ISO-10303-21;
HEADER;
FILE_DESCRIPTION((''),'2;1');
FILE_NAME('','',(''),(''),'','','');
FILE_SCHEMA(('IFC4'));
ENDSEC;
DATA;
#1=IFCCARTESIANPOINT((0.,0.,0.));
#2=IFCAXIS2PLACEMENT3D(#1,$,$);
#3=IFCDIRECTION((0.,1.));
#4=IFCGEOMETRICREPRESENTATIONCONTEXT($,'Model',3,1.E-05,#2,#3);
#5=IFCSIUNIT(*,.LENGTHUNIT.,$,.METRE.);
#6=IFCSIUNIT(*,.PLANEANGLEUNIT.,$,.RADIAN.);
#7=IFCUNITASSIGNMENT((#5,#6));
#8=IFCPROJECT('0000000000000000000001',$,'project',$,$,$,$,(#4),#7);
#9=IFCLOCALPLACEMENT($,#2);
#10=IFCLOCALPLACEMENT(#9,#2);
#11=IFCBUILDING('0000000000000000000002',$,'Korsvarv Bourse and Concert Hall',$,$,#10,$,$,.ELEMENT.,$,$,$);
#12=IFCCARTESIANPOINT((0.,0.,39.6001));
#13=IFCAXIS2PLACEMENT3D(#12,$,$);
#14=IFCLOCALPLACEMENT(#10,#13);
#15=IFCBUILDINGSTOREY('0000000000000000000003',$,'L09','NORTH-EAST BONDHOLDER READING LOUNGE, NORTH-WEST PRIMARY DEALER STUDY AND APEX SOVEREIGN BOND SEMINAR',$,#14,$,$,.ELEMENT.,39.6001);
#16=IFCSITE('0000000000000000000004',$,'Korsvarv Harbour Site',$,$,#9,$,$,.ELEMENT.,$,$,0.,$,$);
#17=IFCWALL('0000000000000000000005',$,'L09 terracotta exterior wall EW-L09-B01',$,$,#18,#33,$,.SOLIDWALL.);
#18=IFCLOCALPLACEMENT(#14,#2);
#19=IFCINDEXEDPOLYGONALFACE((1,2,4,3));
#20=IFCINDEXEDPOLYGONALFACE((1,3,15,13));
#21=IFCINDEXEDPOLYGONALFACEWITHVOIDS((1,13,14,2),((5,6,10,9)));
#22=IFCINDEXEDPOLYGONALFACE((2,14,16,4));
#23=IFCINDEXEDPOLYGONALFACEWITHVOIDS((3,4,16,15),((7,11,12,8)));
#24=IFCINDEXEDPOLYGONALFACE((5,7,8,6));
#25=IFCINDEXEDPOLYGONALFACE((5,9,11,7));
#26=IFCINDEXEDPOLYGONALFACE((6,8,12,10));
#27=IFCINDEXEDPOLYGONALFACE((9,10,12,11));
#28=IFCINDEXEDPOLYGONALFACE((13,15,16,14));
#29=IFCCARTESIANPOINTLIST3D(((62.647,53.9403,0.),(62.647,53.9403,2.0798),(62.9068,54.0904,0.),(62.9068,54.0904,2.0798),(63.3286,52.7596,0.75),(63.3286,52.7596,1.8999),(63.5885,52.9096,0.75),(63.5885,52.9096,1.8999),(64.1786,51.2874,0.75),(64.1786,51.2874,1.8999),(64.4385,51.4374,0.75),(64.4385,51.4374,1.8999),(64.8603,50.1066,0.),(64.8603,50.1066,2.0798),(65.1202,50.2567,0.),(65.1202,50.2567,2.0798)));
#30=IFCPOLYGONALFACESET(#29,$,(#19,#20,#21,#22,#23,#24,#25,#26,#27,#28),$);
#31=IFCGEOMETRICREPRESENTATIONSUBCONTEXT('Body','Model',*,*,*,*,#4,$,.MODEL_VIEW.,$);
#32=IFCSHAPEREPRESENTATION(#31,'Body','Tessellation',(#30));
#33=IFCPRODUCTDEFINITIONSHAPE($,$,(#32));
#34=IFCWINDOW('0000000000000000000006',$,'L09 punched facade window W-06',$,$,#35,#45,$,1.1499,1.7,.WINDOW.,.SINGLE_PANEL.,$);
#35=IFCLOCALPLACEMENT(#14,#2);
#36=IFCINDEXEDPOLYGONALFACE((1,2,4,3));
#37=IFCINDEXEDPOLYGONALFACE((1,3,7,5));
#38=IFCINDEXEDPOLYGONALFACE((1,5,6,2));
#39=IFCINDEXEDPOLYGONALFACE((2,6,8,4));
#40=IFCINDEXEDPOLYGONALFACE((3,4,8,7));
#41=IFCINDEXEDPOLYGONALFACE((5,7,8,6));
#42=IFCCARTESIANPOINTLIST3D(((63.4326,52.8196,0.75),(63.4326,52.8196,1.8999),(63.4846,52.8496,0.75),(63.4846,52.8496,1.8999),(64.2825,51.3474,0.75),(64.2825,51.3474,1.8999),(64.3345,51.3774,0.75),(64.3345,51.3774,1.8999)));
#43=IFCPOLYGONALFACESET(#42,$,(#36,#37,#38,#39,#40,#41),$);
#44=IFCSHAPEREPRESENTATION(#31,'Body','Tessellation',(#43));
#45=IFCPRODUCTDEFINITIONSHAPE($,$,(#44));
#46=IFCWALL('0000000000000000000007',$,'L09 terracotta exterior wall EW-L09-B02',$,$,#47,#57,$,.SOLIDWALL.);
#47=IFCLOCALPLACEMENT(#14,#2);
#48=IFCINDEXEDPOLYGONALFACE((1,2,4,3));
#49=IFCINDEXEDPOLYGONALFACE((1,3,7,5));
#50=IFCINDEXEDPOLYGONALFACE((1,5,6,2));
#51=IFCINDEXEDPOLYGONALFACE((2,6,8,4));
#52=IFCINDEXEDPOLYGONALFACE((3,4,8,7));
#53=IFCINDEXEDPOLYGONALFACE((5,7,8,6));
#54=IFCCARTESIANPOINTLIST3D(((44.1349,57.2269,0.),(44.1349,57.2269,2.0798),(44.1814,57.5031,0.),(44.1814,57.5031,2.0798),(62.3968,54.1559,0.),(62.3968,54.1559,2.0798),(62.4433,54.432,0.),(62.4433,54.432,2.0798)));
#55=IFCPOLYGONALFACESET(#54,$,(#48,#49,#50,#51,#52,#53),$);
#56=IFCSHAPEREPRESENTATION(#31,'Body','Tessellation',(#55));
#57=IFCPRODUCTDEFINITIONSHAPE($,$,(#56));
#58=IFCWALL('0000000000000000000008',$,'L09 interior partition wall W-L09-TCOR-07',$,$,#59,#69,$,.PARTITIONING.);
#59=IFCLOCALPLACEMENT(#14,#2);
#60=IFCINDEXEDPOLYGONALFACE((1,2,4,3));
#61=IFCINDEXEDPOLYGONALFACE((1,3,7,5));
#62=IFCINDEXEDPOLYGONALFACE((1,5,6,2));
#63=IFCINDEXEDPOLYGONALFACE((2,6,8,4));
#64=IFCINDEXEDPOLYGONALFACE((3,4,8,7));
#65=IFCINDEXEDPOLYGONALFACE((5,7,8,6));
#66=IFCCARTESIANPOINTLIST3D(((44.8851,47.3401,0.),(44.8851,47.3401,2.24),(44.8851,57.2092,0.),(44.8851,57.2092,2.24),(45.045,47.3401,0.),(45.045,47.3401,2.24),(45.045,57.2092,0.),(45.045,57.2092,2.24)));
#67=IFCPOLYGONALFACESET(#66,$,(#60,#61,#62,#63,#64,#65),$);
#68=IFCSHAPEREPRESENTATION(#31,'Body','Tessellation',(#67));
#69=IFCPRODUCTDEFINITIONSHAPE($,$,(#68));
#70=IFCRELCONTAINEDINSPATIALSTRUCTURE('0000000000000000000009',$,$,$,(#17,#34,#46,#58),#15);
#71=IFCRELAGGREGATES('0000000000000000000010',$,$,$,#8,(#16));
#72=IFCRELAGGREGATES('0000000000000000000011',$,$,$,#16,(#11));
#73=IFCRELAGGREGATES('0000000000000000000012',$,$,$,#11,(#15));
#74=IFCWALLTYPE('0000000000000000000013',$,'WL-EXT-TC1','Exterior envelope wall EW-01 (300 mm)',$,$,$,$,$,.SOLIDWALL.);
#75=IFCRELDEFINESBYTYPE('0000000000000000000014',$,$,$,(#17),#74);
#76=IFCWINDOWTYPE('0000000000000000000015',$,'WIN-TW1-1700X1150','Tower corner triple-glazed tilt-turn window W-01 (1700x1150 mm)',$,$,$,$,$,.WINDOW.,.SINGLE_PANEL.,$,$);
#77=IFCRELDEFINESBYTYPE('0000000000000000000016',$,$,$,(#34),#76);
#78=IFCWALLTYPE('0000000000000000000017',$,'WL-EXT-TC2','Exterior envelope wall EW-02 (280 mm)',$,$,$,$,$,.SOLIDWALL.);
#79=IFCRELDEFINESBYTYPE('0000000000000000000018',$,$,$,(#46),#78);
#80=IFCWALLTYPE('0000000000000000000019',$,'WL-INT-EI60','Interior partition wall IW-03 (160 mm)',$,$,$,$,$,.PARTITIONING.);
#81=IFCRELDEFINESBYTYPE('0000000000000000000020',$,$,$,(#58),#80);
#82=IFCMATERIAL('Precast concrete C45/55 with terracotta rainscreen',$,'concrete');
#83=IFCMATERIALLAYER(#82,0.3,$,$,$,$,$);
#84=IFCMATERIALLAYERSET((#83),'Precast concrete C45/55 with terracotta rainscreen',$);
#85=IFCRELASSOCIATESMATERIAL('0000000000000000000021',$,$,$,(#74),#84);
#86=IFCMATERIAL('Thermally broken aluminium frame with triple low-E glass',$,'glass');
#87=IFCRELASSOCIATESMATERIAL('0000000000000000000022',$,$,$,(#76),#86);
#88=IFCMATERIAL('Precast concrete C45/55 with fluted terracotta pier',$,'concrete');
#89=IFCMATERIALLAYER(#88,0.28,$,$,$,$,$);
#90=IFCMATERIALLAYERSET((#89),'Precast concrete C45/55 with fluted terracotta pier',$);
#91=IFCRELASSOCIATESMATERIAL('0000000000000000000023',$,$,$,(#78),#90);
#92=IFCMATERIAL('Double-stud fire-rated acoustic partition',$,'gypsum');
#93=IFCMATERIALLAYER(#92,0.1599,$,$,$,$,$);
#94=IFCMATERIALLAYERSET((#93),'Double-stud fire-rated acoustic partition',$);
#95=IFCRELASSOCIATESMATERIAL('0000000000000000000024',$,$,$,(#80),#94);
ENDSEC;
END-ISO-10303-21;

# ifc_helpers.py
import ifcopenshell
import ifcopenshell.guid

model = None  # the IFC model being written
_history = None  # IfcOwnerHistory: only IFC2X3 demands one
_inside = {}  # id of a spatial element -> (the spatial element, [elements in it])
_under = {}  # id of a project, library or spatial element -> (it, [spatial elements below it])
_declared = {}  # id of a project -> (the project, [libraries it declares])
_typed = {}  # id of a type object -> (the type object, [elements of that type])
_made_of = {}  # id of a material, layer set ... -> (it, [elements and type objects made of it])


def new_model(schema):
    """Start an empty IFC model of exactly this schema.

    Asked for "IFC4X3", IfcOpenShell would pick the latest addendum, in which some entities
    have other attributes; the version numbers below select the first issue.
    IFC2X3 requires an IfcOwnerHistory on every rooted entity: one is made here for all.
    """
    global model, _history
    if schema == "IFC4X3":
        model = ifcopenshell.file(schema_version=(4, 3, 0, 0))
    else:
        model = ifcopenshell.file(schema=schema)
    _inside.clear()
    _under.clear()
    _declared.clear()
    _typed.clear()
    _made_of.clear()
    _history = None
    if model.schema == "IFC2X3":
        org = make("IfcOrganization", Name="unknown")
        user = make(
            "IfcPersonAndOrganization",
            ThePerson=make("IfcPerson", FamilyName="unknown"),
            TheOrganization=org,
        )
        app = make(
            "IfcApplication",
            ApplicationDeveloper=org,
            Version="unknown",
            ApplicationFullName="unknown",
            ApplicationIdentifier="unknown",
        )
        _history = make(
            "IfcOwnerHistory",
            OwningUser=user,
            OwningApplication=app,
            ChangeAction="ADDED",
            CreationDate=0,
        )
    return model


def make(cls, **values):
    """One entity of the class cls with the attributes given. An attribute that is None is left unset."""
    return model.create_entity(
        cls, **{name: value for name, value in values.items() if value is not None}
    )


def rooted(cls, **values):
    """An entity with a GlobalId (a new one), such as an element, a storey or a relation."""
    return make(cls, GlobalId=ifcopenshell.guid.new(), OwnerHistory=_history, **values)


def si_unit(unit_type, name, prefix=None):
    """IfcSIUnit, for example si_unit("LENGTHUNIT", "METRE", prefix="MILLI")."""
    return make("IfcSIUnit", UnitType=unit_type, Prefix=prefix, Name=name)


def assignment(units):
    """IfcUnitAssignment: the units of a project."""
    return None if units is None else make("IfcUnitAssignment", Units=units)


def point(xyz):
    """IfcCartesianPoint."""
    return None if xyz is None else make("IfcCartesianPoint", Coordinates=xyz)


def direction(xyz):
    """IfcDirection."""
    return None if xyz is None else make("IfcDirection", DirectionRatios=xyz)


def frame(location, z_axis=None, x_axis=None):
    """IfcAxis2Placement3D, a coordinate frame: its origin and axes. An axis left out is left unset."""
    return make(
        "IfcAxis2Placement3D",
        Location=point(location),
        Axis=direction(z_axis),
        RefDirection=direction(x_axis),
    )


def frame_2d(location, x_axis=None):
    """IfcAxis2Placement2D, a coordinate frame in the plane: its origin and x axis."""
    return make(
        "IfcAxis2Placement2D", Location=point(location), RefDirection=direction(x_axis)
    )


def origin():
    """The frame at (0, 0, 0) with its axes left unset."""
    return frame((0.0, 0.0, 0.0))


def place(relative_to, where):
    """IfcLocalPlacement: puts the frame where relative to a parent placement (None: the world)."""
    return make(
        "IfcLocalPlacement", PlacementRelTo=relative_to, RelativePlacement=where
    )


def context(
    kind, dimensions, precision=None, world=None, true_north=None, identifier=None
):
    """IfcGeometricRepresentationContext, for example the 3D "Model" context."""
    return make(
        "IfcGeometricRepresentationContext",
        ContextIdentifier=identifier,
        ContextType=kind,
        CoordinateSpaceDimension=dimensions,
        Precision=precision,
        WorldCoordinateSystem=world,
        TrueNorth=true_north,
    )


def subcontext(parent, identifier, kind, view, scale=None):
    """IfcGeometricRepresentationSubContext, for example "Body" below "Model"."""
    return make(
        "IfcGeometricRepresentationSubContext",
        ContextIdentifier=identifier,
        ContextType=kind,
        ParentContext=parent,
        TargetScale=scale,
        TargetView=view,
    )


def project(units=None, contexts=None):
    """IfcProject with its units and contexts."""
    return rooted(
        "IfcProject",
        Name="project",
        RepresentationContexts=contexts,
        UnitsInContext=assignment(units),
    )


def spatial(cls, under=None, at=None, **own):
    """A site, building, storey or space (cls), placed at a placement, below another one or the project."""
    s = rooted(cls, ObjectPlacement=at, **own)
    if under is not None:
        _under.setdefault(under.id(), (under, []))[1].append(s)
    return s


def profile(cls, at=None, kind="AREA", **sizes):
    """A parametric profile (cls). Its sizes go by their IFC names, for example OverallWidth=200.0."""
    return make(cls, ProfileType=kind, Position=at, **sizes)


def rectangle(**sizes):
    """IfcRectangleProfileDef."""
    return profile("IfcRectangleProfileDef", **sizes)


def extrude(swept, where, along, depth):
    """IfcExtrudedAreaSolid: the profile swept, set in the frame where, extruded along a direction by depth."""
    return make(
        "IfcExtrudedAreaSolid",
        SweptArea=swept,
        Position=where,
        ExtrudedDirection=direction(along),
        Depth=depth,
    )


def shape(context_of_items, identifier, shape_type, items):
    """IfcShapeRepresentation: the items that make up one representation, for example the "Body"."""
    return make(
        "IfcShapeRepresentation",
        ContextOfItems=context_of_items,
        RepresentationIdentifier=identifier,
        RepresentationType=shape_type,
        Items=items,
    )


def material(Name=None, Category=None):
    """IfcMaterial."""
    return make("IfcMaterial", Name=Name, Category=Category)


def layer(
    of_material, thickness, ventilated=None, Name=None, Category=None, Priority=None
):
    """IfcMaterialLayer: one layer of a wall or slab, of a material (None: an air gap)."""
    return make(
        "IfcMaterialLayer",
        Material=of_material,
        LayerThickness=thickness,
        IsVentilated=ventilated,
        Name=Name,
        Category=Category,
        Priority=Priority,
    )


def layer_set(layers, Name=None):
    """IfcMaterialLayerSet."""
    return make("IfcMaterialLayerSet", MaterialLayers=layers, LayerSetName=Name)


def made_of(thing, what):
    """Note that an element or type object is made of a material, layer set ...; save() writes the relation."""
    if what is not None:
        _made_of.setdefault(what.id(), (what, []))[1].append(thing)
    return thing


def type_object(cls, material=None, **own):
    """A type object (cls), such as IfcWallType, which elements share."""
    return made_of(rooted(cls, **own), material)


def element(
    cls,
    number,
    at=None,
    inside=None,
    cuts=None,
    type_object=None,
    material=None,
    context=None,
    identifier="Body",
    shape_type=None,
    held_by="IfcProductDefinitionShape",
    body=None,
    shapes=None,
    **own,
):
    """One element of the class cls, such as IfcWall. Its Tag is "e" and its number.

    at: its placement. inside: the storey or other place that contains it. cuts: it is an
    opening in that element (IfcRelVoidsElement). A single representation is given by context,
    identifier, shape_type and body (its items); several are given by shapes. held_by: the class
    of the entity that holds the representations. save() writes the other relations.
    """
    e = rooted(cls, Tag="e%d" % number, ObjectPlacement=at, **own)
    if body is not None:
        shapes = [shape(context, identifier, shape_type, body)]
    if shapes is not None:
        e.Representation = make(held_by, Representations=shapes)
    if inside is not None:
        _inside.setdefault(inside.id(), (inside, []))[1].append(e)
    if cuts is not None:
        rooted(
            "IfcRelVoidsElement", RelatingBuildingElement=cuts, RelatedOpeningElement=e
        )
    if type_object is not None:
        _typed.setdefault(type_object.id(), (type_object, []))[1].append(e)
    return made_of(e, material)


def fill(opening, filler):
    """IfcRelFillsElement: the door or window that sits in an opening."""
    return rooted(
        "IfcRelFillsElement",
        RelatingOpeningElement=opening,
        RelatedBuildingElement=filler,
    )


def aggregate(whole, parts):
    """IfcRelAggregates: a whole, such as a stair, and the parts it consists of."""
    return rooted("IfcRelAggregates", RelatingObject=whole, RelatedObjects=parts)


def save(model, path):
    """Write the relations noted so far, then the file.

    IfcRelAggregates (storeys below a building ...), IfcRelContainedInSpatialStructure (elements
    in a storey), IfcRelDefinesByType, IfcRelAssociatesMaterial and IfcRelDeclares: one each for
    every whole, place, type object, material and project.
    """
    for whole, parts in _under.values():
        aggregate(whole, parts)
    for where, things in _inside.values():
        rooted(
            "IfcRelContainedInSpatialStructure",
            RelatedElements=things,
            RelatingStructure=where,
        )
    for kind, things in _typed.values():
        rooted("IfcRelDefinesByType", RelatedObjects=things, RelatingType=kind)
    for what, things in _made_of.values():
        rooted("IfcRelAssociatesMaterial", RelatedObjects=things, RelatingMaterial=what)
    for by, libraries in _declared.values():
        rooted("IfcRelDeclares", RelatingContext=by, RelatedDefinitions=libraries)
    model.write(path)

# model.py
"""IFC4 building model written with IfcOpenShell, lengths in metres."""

from ifc_helpers import new_model, si_unit, direction, frame, frame_2d, origin, place, context, subcontext, project, spatial, rectangle, extrude, material, layer, layer_set, type_object, element, fill, save


model = new_model("IFC4")

# Units and contexts
model_context = context("Model", 3, precision=1e-05, world=origin(), true_north=direction((0.0, 1.0)))
body_context = subcontext(model_context, "Body", "Model", "MODEL_VIEW")
ifc_project = project(units=[si_unit("LENGTHUNIT", "METRE"), si_unit("PLANEANGLEUNIT", "RADIAN")], contexts=[model_context])

# Site, building, storey
site_placement = place(None, origin())
site = spatial("IfcSite", under=ifc_project, at=site_placement, Name="Korsvarv Harbour Site", CompositionType="ELEMENT", RefElevation=0.0)
building_placement = place(site_placement, origin())
building = spatial("IfcBuilding", under=site, at=building_placement, Name="Korsvarv Bourse and Concert Hall", CompositionType="ELEMENT")
storey_placement = place(building_placement, frame((0.0, 0.0, 39.6001)))
storey = spatial("IfcBuildingStorey", under=building, at=storey_placement, Name="L09", Description="NORTH-EAST BONDHOLDER READING LOUNGE, NORTH-WEST PRIMARY DEALER STUDY AND APEX SOVEREIGN BOND SEMINAR", CompositionType="ELEMENT", Elevation=39.6001)

# Wall, opening, window
ifc_material_1 = material(Name="Precast concrete C45/55 with terracotta rainscreen", Category="concrete")
ifc_layer_1 = layer(ifc_material_1, 0.3)
ifc_layer_set_1 = layer_set([ifc_layer_1], Name="Precast concrete C45/55 with terracotta rainscreen")
wall_type_1 = type_object("IfcWallType", Name="WL-EXT-TC1", Description="Exterior envelope wall EW-01 (300 mm)", PredefinedType="SOLIDWALL", material=ifc_layer_set_1)
wall_1_placement = place(storey_placement, frame((64.9902, 50.1816, 0.0), z_axis=(0.0, 0.0, 1.0), x_axis=(-0.499995, 0.866029, 0.0)))
wall_1 = element("IfcWall", 1, at=wall_1_placement, inside=storey, type_object=wall_type_1, Name="L09 terracotta exterior wall EW-L09-B01", PredefinedType="SOLIDWALL", context=body_context, shape_type="SweptSolid", body=[
    extrude(rectangle(XDim=4.4268, YDim=0.3, at=frame_2d((2.2134, 0.0))), origin(), (0.0, 0.0, 1.0), 2.0798),
])
opening_placement = place(wall_1_placement, frame((1.3633, 0.0, 0.75)))
opening = element("IfcOpeningElement", 2, at=opening_placement, cuts=wall_1, PredefinedType="OPENING", context=body_context, shape_type="SweptSolid", body=[
    extrude(rectangle(XDim=1.7, YDim=1.1499, at=frame_2d((0.8501, 0.575))), frame((0.0, 0.1602, 0.0), z_axis=(0.0, -1.0, 0.0), x_axis=(1.0, 0.0, 0.0)), (0.0, 0.0, 1.0), 0.3201),
])
ifc_material_2 = material(Name="Thermally broken aluminium frame with triple low-E glass", Category="glass")
window_type = type_object("IfcWindowType", Name="WIN-TW1-1700X1150", Description="Tower corner triple-glazed tilt-turn window W-01 (1700x1150 mm)", PartitioningType="SINGLE_PANEL", PredefinedType="WINDOW", material=ifc_material_2)
window_placement = place(opening_placement, origin())
window = element("IfcWindow", 3, at=window_placement, inside=storey, type_object=window_type, Name="L09 punched facade window W-06", OverallHeight=1.1499, OverallWidth=1.7, PartitioningType="SINGLE_PANEL", PredefinedType="WINDOW", context=body_context, shape_type="SweptSolid", body=[
    extrude(rectangle(XDim=1.7, YDim=1.1499, at=frame_2d((0.8501, 0.575))), frame((0.0, 0.03, 0.0), z_axis=(0.0, -1.0, 0.0), x_axis=(1.0, 0.0, 0.0)), (0.0, 0.0, 1.0), 0.0601),
])
fill(opening, window)

# Walls
ifc_material_3 = material(Name="Precast concrete C45/55 with fluted terracotta pier", Category="concrete")
ifc_layer_2 = layer(ifc_material_3, 0.28)
ifc_layer_set_2 = layer_set([ifc_layer_2], Name="Precast concrete C45/55 with fluted terracotta pier")
wall_type_2 = type_object("IfcWallType", Name="WL-EXT-TC2", Description="Exterior envelope wall EW-02 (280 mm)", PredefinedType="SOLIDWALL", material=ifc_layer_set_2)
wall_2_placement = place(storey_placement, frame((62.4202, 54.2939, 0.0), z_axis=(0.0, 0.0, 1.0), x_axis=(-0.986153, 0.165838, 0.0)))
element("IfcWall", 4, at=wall_2_placement, inside=storey, type_object=wall_type_2, Name="L09 terracotta exterior wall EW-L09-B02", PredefinedType="SOLIDWALL", context=body_context, shape_type="SweptSolid", body=[
    extrude(rectangle(XDim=18.5183, YDim=0.28, at=frame_2d((9.2593, 0.0))), origin(), (0.0, 0.0, 1.0), 2.0798),
])
ifc_material_4 = material(Name="Double-stud fire-rated acoustic partition", Category="gypsum")
ifc_layer_3 = layer(ifc_material_4, 0.1599)
ifc_layer_set_3 = layer_set([ifc_layer_3], Name="Double-stud fire-rated acoustic partition")
wall_type_3 = type_object("IfcWallType", Name="WL-INT-EI60", Description="Interior partition wall IW-03 (160 mm)", PredefinedType="PARTITIONING", material=ifc_layer_set_3)
wall_3_placement = place(storey_placement, frame((44.9651, 47.3401, 0.0), z_axis=(0.0, 0.0, 1.0), x_axis=(0.0, 1.0, 0.0)))
element("IfcWall", 5, at=wall_3_placement, inside=storey, type_object=wall_type_3, Name="L09 interior partition wall W-L09-TCOR-07", PredefinedType="PARTITIONING", context=body_context, shape_type="SweptSolid", body=[
    extrude(rectangle(XDim=9.8691, YDim=0.1599, at=frame_2d((4.9346, 0.0))), origin(), (0.0, 0.0, 1.0), 2.24),
])

save(model, "model.ifc")
